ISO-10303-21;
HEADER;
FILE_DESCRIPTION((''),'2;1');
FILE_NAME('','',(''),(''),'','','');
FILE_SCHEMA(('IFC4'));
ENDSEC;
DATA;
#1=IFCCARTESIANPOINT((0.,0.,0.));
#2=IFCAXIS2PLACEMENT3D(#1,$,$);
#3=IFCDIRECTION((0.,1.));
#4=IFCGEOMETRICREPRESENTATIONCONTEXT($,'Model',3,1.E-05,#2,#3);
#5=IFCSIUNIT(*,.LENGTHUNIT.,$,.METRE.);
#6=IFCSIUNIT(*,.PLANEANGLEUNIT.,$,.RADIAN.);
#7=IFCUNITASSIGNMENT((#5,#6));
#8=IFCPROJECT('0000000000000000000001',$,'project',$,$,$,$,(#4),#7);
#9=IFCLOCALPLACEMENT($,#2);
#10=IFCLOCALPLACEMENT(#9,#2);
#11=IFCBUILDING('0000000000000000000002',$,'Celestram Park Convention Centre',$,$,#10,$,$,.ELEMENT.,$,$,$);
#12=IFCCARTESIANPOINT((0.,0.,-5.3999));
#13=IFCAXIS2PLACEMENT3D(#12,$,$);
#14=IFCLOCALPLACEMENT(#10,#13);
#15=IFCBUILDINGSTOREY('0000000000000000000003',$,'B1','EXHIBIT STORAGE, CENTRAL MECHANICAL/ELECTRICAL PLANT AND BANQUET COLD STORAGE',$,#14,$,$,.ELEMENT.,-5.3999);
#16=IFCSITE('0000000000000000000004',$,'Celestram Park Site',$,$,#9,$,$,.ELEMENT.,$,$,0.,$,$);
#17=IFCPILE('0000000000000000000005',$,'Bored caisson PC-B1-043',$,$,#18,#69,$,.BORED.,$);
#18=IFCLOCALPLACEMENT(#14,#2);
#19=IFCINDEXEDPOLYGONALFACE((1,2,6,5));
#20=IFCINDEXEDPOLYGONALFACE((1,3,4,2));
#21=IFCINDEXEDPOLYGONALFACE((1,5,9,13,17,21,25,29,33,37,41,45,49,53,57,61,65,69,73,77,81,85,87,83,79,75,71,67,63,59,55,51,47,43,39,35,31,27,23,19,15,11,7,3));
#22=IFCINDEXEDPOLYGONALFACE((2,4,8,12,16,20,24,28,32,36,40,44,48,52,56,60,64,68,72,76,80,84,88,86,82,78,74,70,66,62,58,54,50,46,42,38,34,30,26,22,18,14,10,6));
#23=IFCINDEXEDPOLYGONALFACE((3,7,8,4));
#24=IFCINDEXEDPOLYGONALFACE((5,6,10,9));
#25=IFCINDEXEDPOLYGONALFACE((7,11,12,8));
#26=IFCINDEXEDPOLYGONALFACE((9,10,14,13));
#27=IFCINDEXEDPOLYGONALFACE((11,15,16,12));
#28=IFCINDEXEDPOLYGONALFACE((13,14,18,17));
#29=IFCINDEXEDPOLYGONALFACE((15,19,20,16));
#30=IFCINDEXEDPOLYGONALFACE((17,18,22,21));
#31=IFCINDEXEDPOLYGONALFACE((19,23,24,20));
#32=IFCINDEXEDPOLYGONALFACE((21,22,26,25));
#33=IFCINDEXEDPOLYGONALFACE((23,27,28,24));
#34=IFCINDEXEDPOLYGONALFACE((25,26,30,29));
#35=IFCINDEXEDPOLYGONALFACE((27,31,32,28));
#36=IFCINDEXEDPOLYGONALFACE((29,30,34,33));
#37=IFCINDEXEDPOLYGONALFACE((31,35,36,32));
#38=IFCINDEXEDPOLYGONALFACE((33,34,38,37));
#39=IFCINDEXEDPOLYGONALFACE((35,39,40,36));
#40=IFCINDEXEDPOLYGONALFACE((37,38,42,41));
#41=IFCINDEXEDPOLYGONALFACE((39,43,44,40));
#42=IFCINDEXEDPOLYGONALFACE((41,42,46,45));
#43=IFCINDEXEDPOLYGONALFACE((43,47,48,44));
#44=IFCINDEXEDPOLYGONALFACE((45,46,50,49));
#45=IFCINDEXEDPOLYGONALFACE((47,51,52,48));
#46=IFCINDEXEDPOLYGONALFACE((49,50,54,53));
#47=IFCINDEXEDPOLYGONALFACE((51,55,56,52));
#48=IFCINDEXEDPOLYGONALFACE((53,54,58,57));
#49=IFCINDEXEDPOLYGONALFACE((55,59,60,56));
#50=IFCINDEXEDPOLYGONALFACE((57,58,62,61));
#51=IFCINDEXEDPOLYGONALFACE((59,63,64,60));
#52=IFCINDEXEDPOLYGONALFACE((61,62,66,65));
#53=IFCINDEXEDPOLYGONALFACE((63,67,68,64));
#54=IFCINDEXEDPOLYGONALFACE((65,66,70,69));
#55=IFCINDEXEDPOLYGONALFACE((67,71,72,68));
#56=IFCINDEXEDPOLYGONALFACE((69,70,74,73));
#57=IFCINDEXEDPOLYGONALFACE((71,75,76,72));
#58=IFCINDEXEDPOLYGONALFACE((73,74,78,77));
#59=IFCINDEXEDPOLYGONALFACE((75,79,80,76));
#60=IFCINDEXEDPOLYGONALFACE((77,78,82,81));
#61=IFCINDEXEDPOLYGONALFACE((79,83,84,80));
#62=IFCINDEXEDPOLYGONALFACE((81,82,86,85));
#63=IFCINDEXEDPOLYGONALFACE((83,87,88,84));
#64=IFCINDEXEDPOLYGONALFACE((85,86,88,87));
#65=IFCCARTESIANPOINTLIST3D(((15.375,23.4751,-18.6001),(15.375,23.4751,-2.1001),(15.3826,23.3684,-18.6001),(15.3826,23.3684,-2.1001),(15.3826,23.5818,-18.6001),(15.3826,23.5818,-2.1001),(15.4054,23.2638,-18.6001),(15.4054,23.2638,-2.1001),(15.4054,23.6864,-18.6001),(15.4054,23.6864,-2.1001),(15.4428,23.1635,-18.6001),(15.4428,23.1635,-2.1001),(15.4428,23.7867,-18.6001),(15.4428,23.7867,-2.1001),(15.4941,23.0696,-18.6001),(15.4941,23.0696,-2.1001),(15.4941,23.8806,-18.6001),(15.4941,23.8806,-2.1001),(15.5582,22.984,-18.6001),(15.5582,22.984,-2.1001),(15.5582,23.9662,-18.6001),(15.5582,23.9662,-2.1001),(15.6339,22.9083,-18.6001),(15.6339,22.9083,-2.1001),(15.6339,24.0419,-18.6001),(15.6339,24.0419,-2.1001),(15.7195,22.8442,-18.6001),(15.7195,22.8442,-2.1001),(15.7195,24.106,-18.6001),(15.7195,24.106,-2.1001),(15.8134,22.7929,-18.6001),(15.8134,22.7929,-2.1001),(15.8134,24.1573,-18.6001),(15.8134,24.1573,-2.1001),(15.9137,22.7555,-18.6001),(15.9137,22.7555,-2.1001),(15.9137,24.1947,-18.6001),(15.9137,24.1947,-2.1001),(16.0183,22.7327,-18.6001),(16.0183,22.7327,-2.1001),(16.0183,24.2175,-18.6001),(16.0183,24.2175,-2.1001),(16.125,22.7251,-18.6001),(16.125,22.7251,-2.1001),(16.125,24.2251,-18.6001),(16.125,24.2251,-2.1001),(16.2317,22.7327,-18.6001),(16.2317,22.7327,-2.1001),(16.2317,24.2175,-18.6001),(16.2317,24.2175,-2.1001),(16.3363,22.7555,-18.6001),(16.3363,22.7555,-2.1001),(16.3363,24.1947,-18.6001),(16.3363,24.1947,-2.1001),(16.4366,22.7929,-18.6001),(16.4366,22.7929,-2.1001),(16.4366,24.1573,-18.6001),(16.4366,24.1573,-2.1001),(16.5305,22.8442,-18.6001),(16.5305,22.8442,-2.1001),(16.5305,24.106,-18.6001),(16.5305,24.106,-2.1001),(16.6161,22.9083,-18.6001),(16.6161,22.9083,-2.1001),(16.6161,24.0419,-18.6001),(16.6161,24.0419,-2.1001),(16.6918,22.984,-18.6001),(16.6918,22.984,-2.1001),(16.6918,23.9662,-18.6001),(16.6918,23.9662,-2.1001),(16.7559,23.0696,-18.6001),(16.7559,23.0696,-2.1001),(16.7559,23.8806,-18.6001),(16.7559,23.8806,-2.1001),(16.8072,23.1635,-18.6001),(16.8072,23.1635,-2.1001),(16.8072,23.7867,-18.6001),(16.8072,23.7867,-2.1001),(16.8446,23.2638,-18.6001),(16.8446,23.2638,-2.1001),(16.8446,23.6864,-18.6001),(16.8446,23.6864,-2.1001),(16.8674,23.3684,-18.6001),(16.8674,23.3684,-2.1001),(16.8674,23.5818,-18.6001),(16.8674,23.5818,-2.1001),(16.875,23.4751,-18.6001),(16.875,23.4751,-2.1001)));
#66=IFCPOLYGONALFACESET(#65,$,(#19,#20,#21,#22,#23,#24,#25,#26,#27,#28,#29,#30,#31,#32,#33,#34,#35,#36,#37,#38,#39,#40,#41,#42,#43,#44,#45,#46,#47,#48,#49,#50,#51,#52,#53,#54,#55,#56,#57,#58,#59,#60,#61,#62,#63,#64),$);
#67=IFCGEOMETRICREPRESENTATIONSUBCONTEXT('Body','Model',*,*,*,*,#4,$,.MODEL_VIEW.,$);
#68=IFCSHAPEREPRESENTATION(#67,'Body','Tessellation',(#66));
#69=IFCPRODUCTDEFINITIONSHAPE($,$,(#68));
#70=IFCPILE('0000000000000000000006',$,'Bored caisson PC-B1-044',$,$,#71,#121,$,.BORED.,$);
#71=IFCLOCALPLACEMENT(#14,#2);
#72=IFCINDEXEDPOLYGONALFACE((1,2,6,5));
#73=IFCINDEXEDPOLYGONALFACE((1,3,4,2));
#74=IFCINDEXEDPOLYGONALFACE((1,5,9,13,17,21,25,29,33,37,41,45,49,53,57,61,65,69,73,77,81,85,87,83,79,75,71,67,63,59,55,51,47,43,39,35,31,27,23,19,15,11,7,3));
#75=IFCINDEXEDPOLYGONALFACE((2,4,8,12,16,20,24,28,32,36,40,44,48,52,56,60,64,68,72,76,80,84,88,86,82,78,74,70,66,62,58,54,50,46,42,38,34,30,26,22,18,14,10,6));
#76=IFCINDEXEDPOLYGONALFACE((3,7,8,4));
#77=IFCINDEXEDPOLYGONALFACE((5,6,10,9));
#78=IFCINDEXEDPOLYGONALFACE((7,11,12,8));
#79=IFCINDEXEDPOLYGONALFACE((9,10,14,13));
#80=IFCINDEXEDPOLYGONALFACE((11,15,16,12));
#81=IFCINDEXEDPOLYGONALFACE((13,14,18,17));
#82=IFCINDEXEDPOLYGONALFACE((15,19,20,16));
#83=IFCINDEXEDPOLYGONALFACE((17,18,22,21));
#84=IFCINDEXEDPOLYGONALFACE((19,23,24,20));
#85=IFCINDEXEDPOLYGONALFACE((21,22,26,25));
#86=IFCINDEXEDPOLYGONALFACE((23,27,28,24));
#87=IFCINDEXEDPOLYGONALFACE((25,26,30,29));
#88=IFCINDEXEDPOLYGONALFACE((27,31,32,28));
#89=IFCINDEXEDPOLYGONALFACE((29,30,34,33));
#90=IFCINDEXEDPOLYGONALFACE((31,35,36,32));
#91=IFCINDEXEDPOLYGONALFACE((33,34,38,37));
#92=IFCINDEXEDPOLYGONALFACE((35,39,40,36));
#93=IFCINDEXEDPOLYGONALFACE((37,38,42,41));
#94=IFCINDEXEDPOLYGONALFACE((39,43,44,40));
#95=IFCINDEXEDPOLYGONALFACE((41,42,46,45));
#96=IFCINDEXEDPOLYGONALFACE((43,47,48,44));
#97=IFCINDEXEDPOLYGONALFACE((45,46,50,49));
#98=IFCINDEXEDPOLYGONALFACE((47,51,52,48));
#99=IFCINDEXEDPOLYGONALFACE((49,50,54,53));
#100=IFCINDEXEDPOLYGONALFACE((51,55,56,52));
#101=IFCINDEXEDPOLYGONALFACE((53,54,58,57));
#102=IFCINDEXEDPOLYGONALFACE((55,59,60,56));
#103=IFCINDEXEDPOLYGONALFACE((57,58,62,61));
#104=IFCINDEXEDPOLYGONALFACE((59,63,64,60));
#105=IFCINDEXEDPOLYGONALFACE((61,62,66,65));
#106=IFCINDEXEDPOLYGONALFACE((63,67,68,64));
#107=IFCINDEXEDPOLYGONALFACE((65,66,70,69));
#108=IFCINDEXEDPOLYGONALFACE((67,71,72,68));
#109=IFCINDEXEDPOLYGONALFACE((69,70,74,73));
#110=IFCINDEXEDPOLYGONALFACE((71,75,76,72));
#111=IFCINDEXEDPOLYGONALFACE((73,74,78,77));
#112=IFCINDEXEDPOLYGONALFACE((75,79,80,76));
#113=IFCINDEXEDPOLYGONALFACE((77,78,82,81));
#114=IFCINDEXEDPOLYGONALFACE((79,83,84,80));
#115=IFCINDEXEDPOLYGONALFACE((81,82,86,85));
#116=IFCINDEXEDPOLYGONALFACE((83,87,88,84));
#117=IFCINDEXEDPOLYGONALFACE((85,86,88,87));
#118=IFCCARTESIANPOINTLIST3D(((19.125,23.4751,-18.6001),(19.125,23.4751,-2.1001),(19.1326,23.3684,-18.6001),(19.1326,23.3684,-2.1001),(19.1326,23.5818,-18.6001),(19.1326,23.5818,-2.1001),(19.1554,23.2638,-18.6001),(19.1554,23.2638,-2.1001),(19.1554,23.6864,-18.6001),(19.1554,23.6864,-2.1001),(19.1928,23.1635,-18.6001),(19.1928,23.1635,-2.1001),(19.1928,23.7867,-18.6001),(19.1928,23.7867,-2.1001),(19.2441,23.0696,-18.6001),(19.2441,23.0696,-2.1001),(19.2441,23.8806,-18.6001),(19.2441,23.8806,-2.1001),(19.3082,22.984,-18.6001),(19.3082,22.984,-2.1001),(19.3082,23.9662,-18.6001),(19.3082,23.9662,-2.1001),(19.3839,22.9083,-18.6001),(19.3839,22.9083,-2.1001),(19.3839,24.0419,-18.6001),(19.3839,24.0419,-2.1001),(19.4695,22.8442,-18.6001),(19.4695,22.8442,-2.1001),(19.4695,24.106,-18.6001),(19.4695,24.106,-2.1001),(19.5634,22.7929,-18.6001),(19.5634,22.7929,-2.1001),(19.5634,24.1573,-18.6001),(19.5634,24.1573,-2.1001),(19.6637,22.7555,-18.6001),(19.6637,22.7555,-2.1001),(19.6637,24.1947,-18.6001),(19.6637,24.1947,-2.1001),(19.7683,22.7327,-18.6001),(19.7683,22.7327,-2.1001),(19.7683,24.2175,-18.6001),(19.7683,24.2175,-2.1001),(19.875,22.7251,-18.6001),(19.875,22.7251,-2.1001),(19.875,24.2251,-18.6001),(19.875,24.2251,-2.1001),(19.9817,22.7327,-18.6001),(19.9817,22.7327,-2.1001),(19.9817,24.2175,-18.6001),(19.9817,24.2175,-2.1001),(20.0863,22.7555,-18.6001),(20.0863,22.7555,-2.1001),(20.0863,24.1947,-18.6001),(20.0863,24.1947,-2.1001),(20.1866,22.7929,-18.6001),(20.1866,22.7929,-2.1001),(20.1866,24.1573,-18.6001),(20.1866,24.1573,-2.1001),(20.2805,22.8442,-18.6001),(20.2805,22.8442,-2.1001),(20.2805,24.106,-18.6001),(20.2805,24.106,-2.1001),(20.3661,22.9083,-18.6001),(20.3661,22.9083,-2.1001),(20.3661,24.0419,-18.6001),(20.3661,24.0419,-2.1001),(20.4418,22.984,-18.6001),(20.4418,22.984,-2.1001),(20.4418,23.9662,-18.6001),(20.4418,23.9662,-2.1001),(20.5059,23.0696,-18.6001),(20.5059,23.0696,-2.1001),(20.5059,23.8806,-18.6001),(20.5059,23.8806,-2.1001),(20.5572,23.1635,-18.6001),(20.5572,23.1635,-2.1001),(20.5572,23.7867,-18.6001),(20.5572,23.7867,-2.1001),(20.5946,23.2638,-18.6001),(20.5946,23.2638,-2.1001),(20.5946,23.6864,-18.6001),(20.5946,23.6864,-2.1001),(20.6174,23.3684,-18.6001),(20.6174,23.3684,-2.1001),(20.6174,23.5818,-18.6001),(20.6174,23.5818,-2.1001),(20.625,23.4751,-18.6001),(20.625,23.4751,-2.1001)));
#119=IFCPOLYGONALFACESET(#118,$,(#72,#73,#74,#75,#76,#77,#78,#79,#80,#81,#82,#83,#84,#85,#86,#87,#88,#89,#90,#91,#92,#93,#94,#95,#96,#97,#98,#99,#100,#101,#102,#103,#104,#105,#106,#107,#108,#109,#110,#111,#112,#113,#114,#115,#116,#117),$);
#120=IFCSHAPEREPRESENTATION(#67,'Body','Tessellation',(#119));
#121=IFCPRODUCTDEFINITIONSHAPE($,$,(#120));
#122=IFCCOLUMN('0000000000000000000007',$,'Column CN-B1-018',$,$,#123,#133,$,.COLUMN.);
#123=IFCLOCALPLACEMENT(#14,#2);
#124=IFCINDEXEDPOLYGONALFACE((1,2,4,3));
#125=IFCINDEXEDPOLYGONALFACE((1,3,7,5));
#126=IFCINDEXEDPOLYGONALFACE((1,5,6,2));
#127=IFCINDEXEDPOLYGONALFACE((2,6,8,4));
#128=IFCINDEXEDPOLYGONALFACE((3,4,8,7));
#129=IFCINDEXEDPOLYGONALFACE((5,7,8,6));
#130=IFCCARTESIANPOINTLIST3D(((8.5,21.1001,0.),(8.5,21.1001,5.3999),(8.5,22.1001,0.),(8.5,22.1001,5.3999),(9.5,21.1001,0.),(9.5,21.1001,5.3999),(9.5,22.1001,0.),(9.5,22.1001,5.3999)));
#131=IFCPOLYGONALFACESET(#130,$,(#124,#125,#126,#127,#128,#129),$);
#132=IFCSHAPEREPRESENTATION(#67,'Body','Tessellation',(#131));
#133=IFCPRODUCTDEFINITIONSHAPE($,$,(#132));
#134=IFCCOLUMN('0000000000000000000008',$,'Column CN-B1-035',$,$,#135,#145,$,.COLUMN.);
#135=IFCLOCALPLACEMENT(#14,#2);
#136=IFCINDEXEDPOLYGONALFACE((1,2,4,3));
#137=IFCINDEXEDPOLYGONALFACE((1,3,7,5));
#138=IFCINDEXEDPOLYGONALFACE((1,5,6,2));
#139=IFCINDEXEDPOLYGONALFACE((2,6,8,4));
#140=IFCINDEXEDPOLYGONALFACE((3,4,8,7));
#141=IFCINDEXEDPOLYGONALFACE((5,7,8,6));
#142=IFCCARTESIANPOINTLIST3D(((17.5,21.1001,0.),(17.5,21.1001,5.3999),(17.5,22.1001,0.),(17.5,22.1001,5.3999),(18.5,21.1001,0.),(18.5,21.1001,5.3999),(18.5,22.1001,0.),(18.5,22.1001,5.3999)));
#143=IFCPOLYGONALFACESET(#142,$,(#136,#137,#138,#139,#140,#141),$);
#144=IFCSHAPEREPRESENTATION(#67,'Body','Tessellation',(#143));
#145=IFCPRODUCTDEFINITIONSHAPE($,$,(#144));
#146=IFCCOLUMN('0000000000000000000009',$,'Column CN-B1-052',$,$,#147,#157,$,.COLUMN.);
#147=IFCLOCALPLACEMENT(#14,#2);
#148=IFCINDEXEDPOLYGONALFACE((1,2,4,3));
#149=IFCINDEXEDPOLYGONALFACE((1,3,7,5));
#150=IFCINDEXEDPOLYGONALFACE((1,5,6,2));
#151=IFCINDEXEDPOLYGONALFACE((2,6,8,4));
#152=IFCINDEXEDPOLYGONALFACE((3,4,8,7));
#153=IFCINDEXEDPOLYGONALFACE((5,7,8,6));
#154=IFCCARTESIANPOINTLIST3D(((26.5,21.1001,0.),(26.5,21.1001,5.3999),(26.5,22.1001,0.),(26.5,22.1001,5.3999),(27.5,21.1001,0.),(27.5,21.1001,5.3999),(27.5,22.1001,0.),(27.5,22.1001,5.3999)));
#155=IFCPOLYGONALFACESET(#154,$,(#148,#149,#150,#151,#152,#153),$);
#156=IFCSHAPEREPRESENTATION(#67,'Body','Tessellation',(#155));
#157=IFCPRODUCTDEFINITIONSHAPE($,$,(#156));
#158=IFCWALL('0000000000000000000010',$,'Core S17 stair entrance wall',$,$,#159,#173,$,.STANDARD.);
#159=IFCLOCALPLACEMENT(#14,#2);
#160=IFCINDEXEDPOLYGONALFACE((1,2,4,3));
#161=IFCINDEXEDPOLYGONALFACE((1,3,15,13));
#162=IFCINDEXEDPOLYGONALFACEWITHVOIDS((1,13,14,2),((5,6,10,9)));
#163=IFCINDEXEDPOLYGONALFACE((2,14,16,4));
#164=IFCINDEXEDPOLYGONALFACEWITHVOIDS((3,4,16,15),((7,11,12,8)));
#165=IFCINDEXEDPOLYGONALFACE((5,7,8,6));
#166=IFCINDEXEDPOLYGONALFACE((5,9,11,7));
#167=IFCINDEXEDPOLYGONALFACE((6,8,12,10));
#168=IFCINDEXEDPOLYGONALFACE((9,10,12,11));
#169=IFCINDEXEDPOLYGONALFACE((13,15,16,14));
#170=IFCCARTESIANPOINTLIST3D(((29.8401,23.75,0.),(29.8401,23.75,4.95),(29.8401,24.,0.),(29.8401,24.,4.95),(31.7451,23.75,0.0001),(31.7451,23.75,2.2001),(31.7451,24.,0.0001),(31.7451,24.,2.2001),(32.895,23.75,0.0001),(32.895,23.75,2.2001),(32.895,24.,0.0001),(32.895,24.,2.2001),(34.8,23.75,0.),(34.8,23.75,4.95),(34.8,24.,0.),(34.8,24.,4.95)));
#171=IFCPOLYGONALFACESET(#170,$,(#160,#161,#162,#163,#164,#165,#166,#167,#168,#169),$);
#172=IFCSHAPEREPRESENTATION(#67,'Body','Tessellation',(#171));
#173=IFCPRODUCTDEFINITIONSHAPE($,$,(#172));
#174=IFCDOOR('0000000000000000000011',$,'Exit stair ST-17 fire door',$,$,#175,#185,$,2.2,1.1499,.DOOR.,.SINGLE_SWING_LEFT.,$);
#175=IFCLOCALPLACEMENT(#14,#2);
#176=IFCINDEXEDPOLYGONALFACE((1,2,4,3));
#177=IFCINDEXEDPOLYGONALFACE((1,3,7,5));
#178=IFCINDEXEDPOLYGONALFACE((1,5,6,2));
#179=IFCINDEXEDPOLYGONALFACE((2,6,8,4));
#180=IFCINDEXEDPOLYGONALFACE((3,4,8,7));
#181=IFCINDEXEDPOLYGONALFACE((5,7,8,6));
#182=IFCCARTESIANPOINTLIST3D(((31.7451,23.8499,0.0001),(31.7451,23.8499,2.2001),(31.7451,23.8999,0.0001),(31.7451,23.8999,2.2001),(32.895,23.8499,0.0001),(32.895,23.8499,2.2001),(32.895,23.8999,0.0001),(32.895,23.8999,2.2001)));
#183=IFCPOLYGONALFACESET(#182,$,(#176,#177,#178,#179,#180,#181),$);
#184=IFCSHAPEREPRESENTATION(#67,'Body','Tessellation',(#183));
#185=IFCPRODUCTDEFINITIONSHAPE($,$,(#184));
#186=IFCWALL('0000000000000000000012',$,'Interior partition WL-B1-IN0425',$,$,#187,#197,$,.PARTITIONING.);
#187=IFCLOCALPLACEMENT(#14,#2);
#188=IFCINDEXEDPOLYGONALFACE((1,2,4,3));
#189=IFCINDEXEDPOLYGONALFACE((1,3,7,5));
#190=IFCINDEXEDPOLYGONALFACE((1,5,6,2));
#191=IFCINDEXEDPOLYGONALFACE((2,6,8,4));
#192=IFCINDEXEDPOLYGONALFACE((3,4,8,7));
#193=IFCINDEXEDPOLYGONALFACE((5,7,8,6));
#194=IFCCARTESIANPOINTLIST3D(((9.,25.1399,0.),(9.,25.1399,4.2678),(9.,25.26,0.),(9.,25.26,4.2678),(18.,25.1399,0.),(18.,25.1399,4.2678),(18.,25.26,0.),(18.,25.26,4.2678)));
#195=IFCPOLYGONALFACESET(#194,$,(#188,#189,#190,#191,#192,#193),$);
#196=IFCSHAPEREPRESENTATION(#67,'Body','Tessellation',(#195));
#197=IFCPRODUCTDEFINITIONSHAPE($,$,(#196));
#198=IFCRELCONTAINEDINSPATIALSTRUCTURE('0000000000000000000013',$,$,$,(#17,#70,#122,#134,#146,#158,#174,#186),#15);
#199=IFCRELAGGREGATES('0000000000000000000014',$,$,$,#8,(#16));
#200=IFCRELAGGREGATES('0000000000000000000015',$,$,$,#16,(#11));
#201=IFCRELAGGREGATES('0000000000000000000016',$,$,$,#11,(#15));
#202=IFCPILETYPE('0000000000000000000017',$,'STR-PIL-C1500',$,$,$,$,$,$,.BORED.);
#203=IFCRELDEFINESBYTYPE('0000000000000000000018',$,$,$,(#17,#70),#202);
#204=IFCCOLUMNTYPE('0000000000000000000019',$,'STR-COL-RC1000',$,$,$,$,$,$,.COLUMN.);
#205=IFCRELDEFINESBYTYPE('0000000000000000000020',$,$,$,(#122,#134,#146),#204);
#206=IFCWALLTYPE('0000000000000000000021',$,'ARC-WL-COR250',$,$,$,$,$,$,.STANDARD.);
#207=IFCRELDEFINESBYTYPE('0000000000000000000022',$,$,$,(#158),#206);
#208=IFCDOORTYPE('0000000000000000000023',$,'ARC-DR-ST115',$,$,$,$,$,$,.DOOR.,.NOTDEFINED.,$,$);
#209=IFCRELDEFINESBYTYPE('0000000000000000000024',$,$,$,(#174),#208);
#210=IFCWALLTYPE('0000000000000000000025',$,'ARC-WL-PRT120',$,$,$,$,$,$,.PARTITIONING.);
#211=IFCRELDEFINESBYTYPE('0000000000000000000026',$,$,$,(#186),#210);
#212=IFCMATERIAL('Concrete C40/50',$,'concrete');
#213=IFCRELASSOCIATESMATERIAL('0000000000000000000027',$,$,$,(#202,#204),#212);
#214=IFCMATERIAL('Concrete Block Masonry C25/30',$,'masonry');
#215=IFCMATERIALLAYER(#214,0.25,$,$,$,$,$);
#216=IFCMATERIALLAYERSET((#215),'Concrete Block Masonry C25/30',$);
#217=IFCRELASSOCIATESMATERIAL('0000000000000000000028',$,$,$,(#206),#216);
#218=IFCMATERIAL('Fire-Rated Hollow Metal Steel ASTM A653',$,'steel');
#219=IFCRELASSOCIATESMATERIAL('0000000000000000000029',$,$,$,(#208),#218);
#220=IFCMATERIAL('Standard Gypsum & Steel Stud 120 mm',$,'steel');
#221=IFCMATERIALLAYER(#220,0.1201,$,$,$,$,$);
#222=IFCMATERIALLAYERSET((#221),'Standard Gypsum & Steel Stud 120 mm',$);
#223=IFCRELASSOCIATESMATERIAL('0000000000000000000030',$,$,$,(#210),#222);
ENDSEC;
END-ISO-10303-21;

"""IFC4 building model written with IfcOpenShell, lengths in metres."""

from ifc_helpers import new_model, si_unit, direction, frame, frame_2d, origin, origin_2d, place, context, subcontext, project, spatial, rectangle, circle, extrude, material, layer, layer_set, material_profile, profile_set, type_object, element, fill, save


model = new_model("IFC4")

# Units and contexts
model_context = context("Model", 3, precision=1e-05, world=origin(), true_north=direction((0.0, 1.0)))
body_context = subcontext(model_context, "Body", "Model", "MODEL_VIEW")
ifc_project = project(units=[si_unit("LENGTHUNIT", "METRE"), si_unit("PLANEANGLEUNIT", "RADIAN")], contexts=[model_context])

# Site, building, storey
site_placement = place(None, origin())
site = spatial("IfcSite", under=ifc_project, at=site_placement, Name="Celestram Park Site", CompositionType="ELEMENT", RefElevation=0.0)
building_placement = place(site_placement, origin())
building = spatial("IfcBuilding", under=site, at=building_placement, Name="Celestram Park Convention Centre", CompositionType="ELEMENT")
storey_placement = place(building_placement, frame((0.0, 0.0, -5.3999)))
storey = spatial("IfcBuildingStorey", under=building, at=storey_placement, Name="B1", Description="EXHIBIT STORAGE, CENTRAL MECHANICAL/ELECTRICAL PLANT AND BANQUET COLD STORAGE", CompositionType="ELEMENT", Elevation=-5.3999)

# Shared definitions
ifc_material_1 = material(Name="Concrete C40/50", Category="concrete")

# Piles
ifc_material_profile_1 = material_profile(ifc_material_1, circle(Radius=0.75, at=origin_2d()), Name="CAISSON1500")
ifc_profile_set_1 = profile_set([ifc_material_profile_1], Name="Concrete C40/50")
pile_type_1 = type_object("IfcPileType", Name="STR-PIL-C1500", PredefinedType="BORED", material=ifc_profile_set_1)
for number, where, z_axis, x_axis, name in (
    (1, (16.125, 23.4751, -2.1001), (0.0, 0.0, -1.0), (1.0, 0.0, 0.0), "Bored caisson PC-B1-043"),
    (2, (19.875, 23.4751, -2.1001), (0.0, 0.0, -1.0), (1.0, 0.0, 0.0), "Bored caisson PC-B1-044"),
):
    element("IfcPile", number, at=place(storey_placement, frame(where, z_axis=z_axis, x_axis=x_axis)), inside=storey, type_object=pile_type_1, Name=name, PredefinedType="BORED", context=body_context, shape_type="SweptSolid", body=[
        extrude(circle(Radius=0.75, at=origin_2d()), origin(), (0.0, 0.0, 1.0), 16.5),
    ])

# Columns
ifc_material_profile_2 = material_profile(ifc_material_1, rectangle(XDim=1.0, YDim=1.0, at=origin_2d()), Name="RC1000X1000")
ifc_profile_set_2 = profile_set([ifc_material_profile_2], Name="Concrete C40/50")
column_type = type_object("IfcColumnType", Name="STR-COL-RC1000", PredefinedType="COLUMN", material=ifc_profile_set_2)
for number, where, z_axis, x_axis, name in (
    (3, (9.0, 21.6001, 0.0), (0.0, 0.0, 1.0), (1.0, 0.0, 0.0), "Column CN-B1-018"),
    (4, (18.0, 21.6001, 0.0), (0.0, 0.0, 1.0), (1.0, 0.0, 0.0), "Column CN-B1-035"),
    (5, (27.0, 21.6001, 0.0), (0.0, 0.0, 1.0), (1.0, 0.0, 0.0), "Column CN-B1-052"),
):
    element("IfcColumn", number, at=place(storey_placement, frame(where, z_axis=z_axis, x_axis=x_axis)), inside=storey, type_object=column_type, Name=name, PredefinedType="COLUMN", context=body_context, shape_type="SweptSolid", body=[
        extrude(rectangle(XDim=1.0, YDim=1.0, at=origin_2d()), origin(), (0.0, 0.0, 1.0), 5.3999),
    ])

# Wall, opening, door
ifc_material_2 = material(Name="Concrete Block Masonry C25/30", Category="masonry")
ifc_layer_1 = layer(ifc_material_2, 0.25)
ifc_layer_set_1 = layer_set([ifc_layer_1], Name="Concrete Block Masonry C25/30")
wall_type_1 = type_object("IfcWallType", Name="ARC-WL-COR250", PredefinedType="STANDARD", material=ifc_layer_set_1)
wall_1_placement = place(storey_placement, frame((29.8401, 23.875, 0.0), z_axis=(0.0, 0.0, 1.0), x_axis=(1.0, 0.0, 0.0)))
wall_1 = element("IfcWall", 6, at=wall_1_placement, inside=storey, type_object=wall_type_1, Name="Core S17 stair entrance wall", PredefinedType="STANDARD", context=body_context, shape_type="SweptSolid", body=[
    extrude(rectangle(XDim=4.96, YDim=0.25, at=frame_2d((2.48, 0.0))), origin(), (0.0, 0.0, 1.0), 4.95),
])
opening_1_placement = place(wall_1_placement, frame((1.905, 0.0, 0.0)))
opening_1 = element("IfcOpeningElement", 7, at=opening_1_placement, cuts=wall_1, PredefinedType="OPENING", context=body_context, shape_type="SweptSolid", body=[
    extrude(rectangle(XDim=1.1499, YDim=2.2, at=frame_2d((0.575, 1.1001))), frame((0.0, 0.135, 0.0), z_axis=(0.0, -1.0, 0.0), x_axis=(1.0, 0.0, 0.0)), (0.0, 0.0, 1.0), 0.27),
])
ifc_material_3 = material(Name="Fire-Rated Hollow Metal Steel ASTM A653", Category="steel")
door_type_1 = type_object("IfcDoorType", Name="ARC-DR-ST115", OperationType="NOTDEFINED", PredefinedType="DOOR", material=ifc_material_3)
door_1_placement = place(opening_1_placement, origin())
door_1 = element("IfcDoor", 8, at=door_1_placement, inside=storey, type_object=door_type_1, Name="Exit stair ST-17 fire door", OperationType="SINGLE_SWING_LEFT", OverallHeight=2.2, OverallWidth=1.1499, PredefinedType="DOOR", context=body_context, shape_type="SweptSolid", body=[
    extrude(rectangle(XDim=1.1499, YDim=2.2, at=frame_2d((0.575, 1.1001))), frame((0.0, 0.0249, 0.0), z_axis=(0.0, -1.0, 0.0), x_axis=(1.0, 0.0, 0.0)), (0.0, 0.0, 1.0), 0.05),
])
fill(opening_1, door_1)

# Wall
ifc_material_4 = material(Name="Standard Gypsum & Steel Stud 120 mm", Category="steel")
ifc_layer_2 = layer(ifc_material_4, 0.1201)
ifc_layer_set_2 = layer_set([ifc_layer_2], Name="Standard Gypsum & Steel Stud 120 mm")
wall_type_2 = type_object("IfcWallType", Name="ARC-WL-PRT120", PredefinedType="PARTITIONING", material=ifc_layer_set_2)
for number, where, z_axis, x_axis, name in (
    (9, (9.0, 25.2, 0.0), (0.0, 0.0, 1.0), (1.0, 0.0, 0.0), "Interior partition WL-B1-IN0425"),
):
    element("IfcWall", number, at=place(storey_placement, frame(where, z_axis=z_axis, x_axis=x_axis)), inside=storey, type_object=wall_type_2, Name=name, PredefinedType="PARTITIONING", context=body_context, shape_type="SweptSolid", body=[
        extrude(rectangle(XDim=9.0, YDim=0.1201, at=frame_2d((4.5, 0.0))), origin(), (0.0, 0.0, 1.0), 4.2678),
    ])

save(model, "model.ifc")
